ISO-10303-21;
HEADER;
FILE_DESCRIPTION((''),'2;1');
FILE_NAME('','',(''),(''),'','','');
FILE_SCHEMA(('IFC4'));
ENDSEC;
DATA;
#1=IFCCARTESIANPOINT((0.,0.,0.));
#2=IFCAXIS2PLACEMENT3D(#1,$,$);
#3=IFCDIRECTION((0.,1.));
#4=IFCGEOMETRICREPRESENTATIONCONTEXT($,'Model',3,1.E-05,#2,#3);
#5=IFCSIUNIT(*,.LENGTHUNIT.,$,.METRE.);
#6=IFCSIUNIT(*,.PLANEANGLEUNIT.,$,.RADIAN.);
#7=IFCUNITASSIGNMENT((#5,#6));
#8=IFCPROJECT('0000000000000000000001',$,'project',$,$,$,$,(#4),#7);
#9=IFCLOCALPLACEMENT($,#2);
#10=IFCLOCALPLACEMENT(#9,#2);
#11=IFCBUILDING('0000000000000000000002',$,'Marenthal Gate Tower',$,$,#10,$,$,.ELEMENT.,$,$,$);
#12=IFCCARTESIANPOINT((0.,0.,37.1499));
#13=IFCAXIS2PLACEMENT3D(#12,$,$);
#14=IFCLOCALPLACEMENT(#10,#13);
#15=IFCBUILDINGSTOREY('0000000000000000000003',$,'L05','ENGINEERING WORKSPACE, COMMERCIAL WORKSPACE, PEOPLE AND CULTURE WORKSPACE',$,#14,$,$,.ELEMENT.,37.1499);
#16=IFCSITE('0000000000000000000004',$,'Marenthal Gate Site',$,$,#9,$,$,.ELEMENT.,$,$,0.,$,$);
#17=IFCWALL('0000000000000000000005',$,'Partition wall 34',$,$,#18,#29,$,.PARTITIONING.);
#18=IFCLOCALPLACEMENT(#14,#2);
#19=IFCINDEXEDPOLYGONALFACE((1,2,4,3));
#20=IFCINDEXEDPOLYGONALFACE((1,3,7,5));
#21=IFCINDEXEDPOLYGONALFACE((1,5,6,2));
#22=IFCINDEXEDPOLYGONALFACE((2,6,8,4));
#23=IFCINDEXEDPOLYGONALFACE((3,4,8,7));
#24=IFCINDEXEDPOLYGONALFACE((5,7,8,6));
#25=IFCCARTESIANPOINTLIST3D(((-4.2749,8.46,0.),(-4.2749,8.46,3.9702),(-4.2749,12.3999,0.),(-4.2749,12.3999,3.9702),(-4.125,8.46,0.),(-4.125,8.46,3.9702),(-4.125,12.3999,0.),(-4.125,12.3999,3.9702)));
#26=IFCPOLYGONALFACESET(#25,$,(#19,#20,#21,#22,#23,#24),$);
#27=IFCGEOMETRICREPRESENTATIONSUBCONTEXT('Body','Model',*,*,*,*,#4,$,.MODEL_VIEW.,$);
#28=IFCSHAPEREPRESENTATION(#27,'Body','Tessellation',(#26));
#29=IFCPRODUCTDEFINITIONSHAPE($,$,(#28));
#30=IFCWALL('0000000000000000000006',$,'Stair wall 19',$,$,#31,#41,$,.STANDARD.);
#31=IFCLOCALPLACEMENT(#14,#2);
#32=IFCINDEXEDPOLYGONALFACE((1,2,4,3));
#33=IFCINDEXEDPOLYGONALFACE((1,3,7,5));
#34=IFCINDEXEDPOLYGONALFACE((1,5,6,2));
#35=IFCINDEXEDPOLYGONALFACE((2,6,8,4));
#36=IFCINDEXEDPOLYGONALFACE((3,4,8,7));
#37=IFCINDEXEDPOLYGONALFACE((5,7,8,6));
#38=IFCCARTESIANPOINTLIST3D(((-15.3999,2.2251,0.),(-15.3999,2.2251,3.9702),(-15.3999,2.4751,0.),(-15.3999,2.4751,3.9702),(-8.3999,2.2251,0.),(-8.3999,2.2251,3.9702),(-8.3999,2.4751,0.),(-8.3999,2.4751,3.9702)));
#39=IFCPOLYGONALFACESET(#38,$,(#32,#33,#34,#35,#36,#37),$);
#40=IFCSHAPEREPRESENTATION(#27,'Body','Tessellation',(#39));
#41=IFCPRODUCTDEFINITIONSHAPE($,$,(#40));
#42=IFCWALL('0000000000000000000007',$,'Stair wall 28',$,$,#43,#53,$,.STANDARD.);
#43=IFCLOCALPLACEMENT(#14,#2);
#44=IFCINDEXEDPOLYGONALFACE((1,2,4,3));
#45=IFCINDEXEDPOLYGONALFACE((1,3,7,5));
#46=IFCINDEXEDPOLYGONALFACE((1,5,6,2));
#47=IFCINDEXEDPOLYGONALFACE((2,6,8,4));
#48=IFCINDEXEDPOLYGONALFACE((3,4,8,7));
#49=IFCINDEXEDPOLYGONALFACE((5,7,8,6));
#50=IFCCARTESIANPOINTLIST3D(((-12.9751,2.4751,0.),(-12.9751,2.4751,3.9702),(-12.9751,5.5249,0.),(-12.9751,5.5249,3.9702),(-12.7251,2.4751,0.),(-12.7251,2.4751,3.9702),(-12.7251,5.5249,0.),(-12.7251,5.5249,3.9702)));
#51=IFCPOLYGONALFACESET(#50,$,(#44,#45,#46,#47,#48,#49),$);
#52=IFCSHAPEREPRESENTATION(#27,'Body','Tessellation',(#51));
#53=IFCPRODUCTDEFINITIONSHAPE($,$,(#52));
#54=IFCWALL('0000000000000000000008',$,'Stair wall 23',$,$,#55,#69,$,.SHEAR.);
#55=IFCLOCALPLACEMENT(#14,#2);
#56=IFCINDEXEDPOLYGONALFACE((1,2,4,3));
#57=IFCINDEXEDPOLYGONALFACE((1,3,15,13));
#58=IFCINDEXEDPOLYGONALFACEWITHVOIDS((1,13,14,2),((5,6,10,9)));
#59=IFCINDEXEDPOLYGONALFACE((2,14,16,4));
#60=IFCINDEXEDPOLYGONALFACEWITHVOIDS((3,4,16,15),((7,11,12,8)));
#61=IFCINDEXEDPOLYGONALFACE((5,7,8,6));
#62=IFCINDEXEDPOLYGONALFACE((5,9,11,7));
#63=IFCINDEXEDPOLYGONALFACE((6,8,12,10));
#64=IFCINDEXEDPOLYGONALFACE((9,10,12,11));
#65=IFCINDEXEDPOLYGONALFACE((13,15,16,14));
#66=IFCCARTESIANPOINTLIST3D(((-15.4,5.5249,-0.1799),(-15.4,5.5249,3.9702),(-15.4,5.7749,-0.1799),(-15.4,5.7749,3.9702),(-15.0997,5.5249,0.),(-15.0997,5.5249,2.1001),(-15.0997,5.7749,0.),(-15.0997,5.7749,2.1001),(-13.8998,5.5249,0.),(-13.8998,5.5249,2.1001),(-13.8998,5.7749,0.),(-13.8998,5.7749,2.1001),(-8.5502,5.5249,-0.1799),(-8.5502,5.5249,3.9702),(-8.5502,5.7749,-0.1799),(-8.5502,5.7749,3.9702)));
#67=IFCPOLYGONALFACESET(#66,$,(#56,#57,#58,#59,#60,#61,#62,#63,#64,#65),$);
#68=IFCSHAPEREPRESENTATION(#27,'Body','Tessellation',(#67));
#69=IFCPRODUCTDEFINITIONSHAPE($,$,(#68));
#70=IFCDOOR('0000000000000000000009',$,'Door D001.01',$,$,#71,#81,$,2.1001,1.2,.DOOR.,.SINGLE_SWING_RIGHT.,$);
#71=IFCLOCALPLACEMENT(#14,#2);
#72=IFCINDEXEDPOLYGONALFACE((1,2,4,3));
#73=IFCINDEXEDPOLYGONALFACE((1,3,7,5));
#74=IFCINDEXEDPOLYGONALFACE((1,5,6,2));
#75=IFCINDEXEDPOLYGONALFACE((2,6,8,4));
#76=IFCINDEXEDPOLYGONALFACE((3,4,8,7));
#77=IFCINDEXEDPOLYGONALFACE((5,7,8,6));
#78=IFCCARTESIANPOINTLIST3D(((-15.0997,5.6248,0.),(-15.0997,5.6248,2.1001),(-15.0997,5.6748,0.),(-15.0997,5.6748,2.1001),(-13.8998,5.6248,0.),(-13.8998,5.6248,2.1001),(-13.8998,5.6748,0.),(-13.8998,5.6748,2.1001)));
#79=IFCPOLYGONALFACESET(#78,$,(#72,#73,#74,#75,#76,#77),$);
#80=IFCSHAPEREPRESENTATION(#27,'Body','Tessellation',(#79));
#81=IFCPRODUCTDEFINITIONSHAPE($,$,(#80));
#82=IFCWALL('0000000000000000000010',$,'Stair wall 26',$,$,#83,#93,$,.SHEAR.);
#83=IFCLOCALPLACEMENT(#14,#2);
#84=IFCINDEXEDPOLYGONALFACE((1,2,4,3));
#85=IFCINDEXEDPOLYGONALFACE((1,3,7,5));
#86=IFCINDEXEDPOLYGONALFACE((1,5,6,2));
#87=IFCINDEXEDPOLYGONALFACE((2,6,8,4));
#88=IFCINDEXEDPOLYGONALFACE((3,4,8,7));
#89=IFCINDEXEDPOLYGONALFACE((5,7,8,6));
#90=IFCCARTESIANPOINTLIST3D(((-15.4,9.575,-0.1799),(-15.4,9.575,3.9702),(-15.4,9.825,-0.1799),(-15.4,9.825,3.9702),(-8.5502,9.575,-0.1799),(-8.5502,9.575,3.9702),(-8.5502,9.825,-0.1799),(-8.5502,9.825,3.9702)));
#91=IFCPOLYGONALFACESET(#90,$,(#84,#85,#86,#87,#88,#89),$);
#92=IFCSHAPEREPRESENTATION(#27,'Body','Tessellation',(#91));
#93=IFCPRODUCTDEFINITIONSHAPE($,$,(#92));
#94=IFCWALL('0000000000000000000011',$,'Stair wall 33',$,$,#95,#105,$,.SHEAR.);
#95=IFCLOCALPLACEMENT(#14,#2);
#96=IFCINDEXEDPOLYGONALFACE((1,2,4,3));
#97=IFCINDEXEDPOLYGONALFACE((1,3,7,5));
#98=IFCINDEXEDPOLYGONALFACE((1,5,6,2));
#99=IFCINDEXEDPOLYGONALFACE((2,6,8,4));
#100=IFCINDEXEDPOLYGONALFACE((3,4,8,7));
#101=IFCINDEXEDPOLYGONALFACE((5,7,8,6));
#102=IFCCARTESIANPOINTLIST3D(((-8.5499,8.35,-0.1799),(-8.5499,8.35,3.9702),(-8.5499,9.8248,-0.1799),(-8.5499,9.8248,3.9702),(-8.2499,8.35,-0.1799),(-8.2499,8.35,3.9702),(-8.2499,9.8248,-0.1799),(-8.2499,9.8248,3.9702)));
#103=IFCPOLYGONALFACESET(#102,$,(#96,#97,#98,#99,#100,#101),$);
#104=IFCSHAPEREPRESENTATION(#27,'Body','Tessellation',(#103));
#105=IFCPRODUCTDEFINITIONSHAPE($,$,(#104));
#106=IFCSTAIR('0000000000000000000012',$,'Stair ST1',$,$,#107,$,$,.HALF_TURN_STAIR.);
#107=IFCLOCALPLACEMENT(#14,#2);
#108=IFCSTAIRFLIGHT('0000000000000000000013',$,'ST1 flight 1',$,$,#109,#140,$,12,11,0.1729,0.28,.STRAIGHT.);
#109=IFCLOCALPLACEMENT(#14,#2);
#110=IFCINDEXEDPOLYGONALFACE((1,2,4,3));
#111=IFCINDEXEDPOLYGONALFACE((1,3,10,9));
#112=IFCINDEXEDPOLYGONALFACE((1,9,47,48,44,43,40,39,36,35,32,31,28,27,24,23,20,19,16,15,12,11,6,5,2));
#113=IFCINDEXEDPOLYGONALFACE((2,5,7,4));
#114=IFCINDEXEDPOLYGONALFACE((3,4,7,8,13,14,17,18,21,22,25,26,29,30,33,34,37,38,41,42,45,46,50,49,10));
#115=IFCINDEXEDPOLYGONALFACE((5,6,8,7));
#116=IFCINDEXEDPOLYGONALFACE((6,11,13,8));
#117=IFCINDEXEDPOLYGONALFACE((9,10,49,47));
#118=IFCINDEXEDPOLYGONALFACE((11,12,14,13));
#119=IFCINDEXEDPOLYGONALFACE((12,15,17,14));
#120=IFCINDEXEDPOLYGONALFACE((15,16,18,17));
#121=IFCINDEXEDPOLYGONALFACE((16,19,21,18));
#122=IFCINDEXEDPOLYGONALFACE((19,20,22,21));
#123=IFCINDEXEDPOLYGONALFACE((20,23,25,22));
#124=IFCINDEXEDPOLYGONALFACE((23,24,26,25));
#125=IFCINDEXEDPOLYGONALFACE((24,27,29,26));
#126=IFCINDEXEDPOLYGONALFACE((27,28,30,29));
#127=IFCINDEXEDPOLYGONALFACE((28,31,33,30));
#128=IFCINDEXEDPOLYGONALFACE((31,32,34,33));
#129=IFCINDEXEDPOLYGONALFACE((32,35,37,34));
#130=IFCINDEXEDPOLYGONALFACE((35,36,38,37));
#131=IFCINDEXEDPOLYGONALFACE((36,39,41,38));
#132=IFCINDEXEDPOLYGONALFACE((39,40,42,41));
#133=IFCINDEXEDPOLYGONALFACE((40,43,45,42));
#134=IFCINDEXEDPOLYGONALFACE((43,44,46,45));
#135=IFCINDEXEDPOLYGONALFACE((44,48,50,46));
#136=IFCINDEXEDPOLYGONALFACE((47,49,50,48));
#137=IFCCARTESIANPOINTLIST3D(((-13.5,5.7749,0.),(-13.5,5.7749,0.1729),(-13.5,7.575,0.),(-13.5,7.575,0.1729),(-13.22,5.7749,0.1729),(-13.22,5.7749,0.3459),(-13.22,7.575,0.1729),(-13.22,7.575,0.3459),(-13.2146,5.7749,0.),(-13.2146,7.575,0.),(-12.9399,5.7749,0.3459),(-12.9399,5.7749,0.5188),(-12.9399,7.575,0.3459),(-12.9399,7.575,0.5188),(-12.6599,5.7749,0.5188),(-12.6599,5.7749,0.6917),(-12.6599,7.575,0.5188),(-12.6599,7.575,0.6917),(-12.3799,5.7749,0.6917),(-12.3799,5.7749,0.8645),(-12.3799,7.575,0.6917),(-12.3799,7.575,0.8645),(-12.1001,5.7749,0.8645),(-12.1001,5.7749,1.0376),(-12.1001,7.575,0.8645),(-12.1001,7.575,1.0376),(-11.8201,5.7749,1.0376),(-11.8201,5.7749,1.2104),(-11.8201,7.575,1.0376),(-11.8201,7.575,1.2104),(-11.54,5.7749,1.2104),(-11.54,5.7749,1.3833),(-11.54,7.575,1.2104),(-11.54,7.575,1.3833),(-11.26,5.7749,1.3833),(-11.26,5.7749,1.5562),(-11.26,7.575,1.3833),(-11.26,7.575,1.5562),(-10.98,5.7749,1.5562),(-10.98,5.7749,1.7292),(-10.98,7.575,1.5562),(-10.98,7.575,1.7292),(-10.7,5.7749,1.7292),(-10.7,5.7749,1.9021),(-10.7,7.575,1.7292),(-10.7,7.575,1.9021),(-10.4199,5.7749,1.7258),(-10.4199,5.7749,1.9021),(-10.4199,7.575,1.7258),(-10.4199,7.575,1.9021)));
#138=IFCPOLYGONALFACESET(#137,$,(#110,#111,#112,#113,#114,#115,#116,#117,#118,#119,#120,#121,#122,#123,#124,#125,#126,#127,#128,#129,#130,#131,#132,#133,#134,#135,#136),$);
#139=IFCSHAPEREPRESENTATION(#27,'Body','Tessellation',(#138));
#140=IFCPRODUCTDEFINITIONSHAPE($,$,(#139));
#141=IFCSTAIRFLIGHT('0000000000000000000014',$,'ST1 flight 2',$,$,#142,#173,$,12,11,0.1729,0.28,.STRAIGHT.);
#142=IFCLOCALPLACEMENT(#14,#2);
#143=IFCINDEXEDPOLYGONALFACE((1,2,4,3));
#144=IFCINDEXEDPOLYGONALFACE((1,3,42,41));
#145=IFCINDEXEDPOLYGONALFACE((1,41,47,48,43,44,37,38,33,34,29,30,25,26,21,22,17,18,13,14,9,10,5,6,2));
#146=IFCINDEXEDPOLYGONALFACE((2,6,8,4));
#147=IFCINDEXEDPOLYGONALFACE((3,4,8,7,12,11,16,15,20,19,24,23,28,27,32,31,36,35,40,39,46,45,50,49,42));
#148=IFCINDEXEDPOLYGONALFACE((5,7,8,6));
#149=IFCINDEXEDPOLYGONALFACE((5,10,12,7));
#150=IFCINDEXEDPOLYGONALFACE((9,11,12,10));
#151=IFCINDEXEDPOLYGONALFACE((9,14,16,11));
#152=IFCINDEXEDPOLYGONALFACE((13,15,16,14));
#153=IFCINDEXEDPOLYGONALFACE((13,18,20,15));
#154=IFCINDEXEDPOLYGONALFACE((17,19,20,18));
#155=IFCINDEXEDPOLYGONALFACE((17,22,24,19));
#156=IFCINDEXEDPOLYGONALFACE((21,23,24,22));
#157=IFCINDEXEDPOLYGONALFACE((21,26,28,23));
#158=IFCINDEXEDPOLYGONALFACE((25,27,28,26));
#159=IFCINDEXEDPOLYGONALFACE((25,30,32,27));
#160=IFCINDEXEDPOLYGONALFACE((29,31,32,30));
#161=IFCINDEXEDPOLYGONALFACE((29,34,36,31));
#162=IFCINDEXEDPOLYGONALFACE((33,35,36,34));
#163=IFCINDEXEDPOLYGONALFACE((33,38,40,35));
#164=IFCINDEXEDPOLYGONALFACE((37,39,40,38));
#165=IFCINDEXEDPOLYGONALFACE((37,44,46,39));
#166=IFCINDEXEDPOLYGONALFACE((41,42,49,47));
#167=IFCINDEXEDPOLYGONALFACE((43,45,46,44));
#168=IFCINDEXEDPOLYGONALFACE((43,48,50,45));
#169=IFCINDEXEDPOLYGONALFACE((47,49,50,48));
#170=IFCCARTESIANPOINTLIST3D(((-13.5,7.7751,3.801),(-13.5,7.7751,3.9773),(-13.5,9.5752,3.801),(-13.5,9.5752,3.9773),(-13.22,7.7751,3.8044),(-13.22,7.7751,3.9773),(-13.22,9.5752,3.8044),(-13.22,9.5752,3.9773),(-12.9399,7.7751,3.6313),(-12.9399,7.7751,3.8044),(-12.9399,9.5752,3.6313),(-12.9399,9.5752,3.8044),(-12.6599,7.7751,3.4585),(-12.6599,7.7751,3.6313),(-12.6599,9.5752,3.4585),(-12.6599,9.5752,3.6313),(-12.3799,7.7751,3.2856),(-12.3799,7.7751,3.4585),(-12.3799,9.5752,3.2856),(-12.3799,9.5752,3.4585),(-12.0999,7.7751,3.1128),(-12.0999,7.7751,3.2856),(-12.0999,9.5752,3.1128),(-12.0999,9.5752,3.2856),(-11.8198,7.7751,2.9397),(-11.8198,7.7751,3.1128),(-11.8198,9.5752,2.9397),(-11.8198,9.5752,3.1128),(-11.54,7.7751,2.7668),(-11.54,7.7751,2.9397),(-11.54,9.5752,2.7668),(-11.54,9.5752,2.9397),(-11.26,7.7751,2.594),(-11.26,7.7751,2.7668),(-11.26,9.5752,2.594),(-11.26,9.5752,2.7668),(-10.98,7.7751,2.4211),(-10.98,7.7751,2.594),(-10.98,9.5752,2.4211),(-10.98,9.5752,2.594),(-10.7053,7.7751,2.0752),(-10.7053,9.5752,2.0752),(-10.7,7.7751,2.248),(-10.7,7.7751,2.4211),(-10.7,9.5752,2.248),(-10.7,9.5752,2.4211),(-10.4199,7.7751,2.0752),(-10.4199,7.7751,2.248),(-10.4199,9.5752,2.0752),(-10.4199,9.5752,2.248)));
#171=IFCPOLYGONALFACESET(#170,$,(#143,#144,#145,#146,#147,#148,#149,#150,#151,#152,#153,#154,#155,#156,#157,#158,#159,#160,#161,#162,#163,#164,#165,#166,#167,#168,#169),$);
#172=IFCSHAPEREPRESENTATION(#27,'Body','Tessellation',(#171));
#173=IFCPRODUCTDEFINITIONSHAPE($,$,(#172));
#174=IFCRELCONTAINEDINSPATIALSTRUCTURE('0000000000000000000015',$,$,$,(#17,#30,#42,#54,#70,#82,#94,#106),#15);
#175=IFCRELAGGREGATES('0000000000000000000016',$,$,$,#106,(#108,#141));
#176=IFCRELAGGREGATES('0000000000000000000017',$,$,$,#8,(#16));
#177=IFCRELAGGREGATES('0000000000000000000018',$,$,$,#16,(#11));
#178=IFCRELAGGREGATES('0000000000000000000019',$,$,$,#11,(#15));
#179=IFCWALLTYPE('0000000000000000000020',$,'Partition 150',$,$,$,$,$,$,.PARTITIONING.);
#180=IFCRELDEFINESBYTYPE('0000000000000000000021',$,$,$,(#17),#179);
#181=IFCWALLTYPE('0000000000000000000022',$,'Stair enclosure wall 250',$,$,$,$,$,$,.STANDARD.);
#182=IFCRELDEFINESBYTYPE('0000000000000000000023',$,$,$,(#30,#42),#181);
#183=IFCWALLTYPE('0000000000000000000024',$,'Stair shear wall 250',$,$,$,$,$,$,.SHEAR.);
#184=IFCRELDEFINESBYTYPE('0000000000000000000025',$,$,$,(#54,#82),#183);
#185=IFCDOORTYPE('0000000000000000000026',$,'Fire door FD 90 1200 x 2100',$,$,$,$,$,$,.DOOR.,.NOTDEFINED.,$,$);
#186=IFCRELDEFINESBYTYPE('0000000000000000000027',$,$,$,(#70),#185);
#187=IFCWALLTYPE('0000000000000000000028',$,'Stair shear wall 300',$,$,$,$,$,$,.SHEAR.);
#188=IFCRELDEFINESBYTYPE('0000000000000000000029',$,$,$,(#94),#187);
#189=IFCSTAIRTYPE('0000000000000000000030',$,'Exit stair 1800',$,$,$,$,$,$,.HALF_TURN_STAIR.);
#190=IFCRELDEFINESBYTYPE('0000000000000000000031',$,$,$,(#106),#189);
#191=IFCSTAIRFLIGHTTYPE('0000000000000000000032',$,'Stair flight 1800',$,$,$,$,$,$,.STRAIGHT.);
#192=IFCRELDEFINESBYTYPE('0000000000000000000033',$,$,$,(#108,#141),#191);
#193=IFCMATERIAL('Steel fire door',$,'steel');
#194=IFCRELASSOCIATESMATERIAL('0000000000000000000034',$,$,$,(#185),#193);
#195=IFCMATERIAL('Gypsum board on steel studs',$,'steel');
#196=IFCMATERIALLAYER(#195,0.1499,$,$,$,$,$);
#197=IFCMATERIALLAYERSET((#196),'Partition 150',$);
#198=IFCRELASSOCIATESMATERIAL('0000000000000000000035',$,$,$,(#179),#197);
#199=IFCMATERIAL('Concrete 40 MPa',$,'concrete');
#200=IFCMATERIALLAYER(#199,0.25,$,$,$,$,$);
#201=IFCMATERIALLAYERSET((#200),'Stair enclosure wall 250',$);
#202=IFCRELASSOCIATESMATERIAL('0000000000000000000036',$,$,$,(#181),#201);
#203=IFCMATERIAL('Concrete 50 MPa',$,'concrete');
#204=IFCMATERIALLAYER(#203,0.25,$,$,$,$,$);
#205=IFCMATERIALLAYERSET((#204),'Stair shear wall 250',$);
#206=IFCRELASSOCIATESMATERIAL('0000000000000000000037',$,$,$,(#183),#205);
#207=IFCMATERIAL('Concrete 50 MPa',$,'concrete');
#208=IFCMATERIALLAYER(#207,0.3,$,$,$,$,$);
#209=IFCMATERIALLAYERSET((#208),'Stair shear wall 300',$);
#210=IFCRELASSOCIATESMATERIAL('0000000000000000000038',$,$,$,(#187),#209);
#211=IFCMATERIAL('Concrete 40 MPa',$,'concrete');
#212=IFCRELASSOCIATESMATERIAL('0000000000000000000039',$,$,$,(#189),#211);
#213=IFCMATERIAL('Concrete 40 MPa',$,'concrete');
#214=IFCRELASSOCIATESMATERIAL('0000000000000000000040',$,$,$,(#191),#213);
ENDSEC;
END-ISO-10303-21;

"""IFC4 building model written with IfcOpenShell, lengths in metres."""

from ifc_helpers import new_model, si_unit, direction, frame, frame_2d, origin, place, context, subcontext, project, spatial, polyline, rectangle, outline, extrude, material, layer, layer_set, type_object, element, fill, aggregate, save


model = new_model("IFC4")

# Units and contexts
model_context = context("Model", 3, precision=1e-05, world=origin(), true_north=direction((0.0, 1.0)))
body_context = subcontext(model_context, "Body", "Model", "MODEL_VIEW")
ifc_project = project(units=[si_unit("LENGTHUNIT", "METRE"), si_unit("PLANEANGLEUNIT", "RADIAN")], contexts=[model_context])

# Site, building, storey
site_placement = place(None, origin())
site = spatial("IfcSite", under=ifc_project, at=site_placement, Name="Marenthal Gate Site", CompositionType="ELEMENT", RefElevation=0.0)
building_placement = place(site_placement, origin())
building = spatial("IfcBuilding", under=site, at=building_placement, Name="Marenthal Gate Tower", CompositionType="ELEMENT")
storey_placement = place(building_placement, frame((0.0, 0.0, 37.1499)))
storey = spatial("IfcBuildingStorey", under=building, at=storey_placement, Name="L05", Description="ENGINEERING WORKSPACE, COMMERCIAL WORKSPACE, PEOPLE AND CULTURE WORKSPACE", CompositionType="ELEMENT", Elevation=37.1499)

# Shared definitions
ifc_material_1 = material(Name="Steel fire door", Category="steel")
door_type_1 = type_object("IfcDoorType", Name="Fire door FD 90 1200 x 2100", OperationType="NOTDEFINED", PredefinedType="DOOR", material=ifc_material_1)

# Walls
ifc_material_2 = material(Name="Gypsum board on steel studs", Category="steel")
ifc_layer_1 = layer(ifc_material_2, 0.1499)
ifc_layer_set_1 = layer_set([ifc_layer_1], Name="Partition 150")
wall_type_1 = type_object("IfcWallType", Name="Partition 150", PredefinedType="PARTITIONING", material=ifc_layer_set_1)
wall_1_placement = place(storey_placement, frame((-4.2, 8.46, 0.0), z_axis=(0.0, 0.0, 1.0), x_axis=(0.0, 1.0, 0.0)))
element("IfcWall", 1, at=wall_1_placement, inside=storey, type_object=wall_type_1, Name="Partition wall 34", PredefinedType="PARTITIONING", context=body_context, shape_type="SweptSolid", body=[
    extrude(rectangle(XDim=3.9399, YDim=0.1499, at=frame_2d((1.97, 0.0))), origin(), (0.0, 0.0, 1.0), 3.9702),
])
ifc_material_3 = material(Name="Concrete 40 MPa", Category="concrete")
ifc_layer_2 = layer(ifc_material_3, 0.25)
ifc_layer_set_2 = layer_set([ifc_layer_2], Name="Stair enclosure wall 250")
wall_type_2 = type_object("IfcWallType", Name="Stair enclosure wall 250", PredefinedType="STANDARD", material=ifc_layer_set_2)
wall_2_placement = place(storey_placement, frame((-15.3999, 2.3501, 0.0), z_axis=(0.0, 0.0, 1.0), x_axis=(1.0, 0.0, 0.0)))
element("IfcWall", 2, at=wall_2_placement, inside=storey, type_object=wall_type_2, Name="Stair wall 19", PredefinedType="STANDARD", context=body_context, shape_type="SweptSolid", body=[
    extrude(rectangle(XDim=7.0, YDim=0.25, at=frame_2d((3.5, 0.0))), origin(), (0.0, 0.0, 1.0), 3.9702),
])
wall_3_placement = place(storey_placement, frame((-12.8501, 2.4751, 0.0), z_axis=(0.0, 0.0, 1.0), x_axis=(0.0, 1.0, 0.0)))
element("IfcWall", 3, at=wall_3_placement, inside=storey, type_object=wall_type_2, Name="Stair wall 28", PredefinedType="STANDARD", context=body_context, shape_type="SweptSolid", body=[
    extrude(rectangle(XDim=3.0498, YDim=0.25, at=frame_2d((1.5249, 0.0))), origin(), (0.0, 0.0, 1.0), 3.9702),
])

# Wall, opening, door
ifc_material_4 = material(Name="Concrete 50 MPa", Category="concrete")
ifc_layer_3 = layer(ifc_material_4, 0.25)
ifc_layer_set_3 = layer_set([ifc_layer_3], Name="Stair shear wall 250")
wall_type_3 = type_object("IfcWallType", Name="Stair shear wall 250", PredefinedType="SHEAR", material=ifc_layer_set_3)
wall_4_placement = place(storey_placement, frame((-15.3999, 5.6499, -0.1799), z_axis=(0.0, 0.0, 1.0), x_axis=(1.0, 0.0, 0.0)))
wall_4 = element("IfcWall", 4, at=wall_4_placement, inside=storey, type_object=wall_type_3, Name="Stair wall 23", PredefinedType="SHEAR", context=body_context, shape_type="SweptSolid", body=[
    extrude(rectangle(XDim=6.8499, YDim=0.25, at=frame_2d((3.4248, 0.0))), origin(), (0.0, 0.0, 1.0), 4.1501),
])
opening_1_placement = place(wall_4_placement, frame((0.3, 0.0, 0.1799)))
opening_1 = element("IfcOpeningElement", 5, at=opening_1_placement, cuts=wall_4, PredefinedType="OPENING", context=body_context, shape_type="SweptSolid", body=[
    extrude(rectangle(XDim=1.2, YDim=2.1001, at=frame_2d((0.6001, 1.05))), frame((0.0, 0.135, 0.0), z_axis=(0.0, -1.0, 0.0), x_axis=(1.0, 0.0, 0.0)), (0.0, 0.0, 1.0), 0.27),
])
door_1_placement = place(opening_1_placement, origin())
door_1 = element("IfcDoor", 6, at=door_1_placement, inside=storey, type_object=door_type_1, Name="Door D001.01", OperationType="SINGLE_SWING_RIGHT", OverallHeight=2.1001, OverallWidth=1.2, PredefinedType="DOOR", context=body_context, shape_type="SweptSolid", body=[
    extrude(rectangle(XDim=1.2, YDim=2.1001, at=frame_2d((0.6001, 1.05))), frame((0.0, 0.0249, 0.0), z_axis=(0.0, -1.0, 0.0), x_axis=(1.0, 0.0, 0.0)), (0.0, 0.0, 1.0), 0.05),
])
fill(opening_1, door_1)

# Walls
wall_5_placement = place(storey_placement, frame((-15.3999, 9.7, -0.1799), z_axis=(0.0, 0.0, 1.0), x_axis=(1.0, 0.0, 0.0)))
element("IfcWall", 7, at=wall_5_placement, inside=storey, type_object=wall_type_3, Name="Stair wall 26", PredefinedType="SHEAR", context=body_context, shape_type="SweptSolid", body=[
    extrude(rectangle(XDim=6.8499, YDim=0.25, at=frame_2d((3.4248, 0.0))), origin(), (0.0, 0.0, 1.0), 4.1501),
])
ifc_material_5 = material(Name="Concrete 50 MPa", Category="concrete")
ifc_layer_4 = layer(ifc_material_5, 0.3)
ifc_layer_set_4 = layer_set([ifc_layer_4], Name="Stair shear wall 300")
wall_type_4 = type_object("IfcWallType", Name="Stair shear wall 300", PredefinedType="SHEAR", material=ifc_layer_set_4)
wall_6_placement = place(storey_placement, frame((-8.3999, 8.3501, -0.1799), z_axis=(0.0, 0.0, 1.0), x_axis=(0.0, 1.0, 0.0)))
element("IfcWall", 8, at=wall_6_placement, inside=storey, type_object=wall_type_4, Name="Stair wall 33", PredefinedType="SHEAR", context=body_context, shape_type="SweptSolid", body=[
    extrude(rectangle(XDim=1.4749, YDim=0.3, at=frame_2d((0.7373, 0.0))), origin(), (0.0, 0.0, 1.0), 4.1501),
])

# Stair, stair flights
ifc_material_6 = material(Name="Concrete 40 MPa", Category="concrete")
stair_type = type_object("IfcStairType", Name="Exit stair 1800", PredefinedType="HALF_TURN_STAIR", material=ifc_material_6)
stair_placement = place(storey_placement, origin())
stair = element("IfcStair", 9, at=stair_placement, inside=storey, type_object=stair_type, Name="Stair ST1", PredefinedType="HALF_TURN_STAIR")
ifc_material_7 = material(Name="Concrete 40 MPa", Category="concrete")
stair_flight_type = type_object("IfcStairFlightType", Name="Stair flight 1800", PredefinedType="STRAIGHT", material=ifc_material_7)
stair_flight_1_placement = place(storey_placement, frame((-13.5, 6.675, 0.0), z_axis=(0.0, 0.0, 1.0), x_axis=(1.0, 0.0, 0.0)))
stair_flight_1 = element("IfcStairFlight", 10, at=stair_flight_1_placement, type_object=stair_flight_type, Name="ST1 flight 1", NumberOfRisers=12, NumberOfTreads=11, PredefinedType="STRAIGHT", RiserHeight=0.1729, TreadLength=0.28, context=body_context, shape_type="SweptSolid", body=[
    extrude(outline(polyline([(0.0, 0.0), (0.0, 0.1729), (0.28, 0.1729), (0.28, 0.3459), (0.5601, 0.3459), (0.5601, 0.5188), (0.8401, 0.5188), (0.8401, 0.6917), (1.1201, 0.6917), (1.1201, 0.8645), (1.3999, 0.8645), (1.3999, 1.0376), (1.6799, 1.0376), (1.6799, 1.2104), (1.96, 1.2104), (1.96, 1.3833), (2.24, 1.3833), (2.24, 1.5562), (2.52, 1.5562), (2.52, 1.7292), (2.8, 1.7292), (2.8, 1.9021), (3.0801, 1.9021), (3.0801, 2.075), (3.0801, 1.7258), (0.2854, 0.0), (0.0, 0.0)])), frame((0.0, 0.8999, 0.0), z_axis=(0.0, -1.0, 0.0), x_axis=(1.0, 0.0, 0.0)), (0.0, 0.0, 1.0), 1.8),
])
stair_flight_2_placement = place(storey_placement, frame((-10.4199, 8.675, 2.0752), z_axis=(0.0, 0.0, 1.0), x_axis=(-1.0, 0.0, 0.0)))
stair_flight_2 = element("IfcStairFlight", 11, at=stair_flight_2_placement, type_object=stair_flight_type, Name="ST1 flight 2", NumberOfRisers=12, NumberOfTreads=11, PredefinedType="STRAIGHT", RiserHeight=0.1729, TreadLength=0.28, context=body_context, shape_type="SweptSolid", body=[
    extrude(outline(polyline([(0.0, 0.0), (0.0, 0.1729), (0.28, 0.1729), (0.28, 0.3459), (0.5601, 0.3459), (0.5601, 0.5188), (0.8401, 0.5188), (0.8401, 0.6917), (1.1201, 0.6917), (1.1201, 0.8645), (1.3999, 0.8645), (1.3999, 1.0376), (1.6799, 1.0376), (1.6799, 1.2104), (1.96, 1.2104), (1.96, 1.3833), (2.24, 1.3833), (2.24, 1.5562), (2.52, 1.5562), (2.52, 1.7292), (2.8, 1.7292), (2.8, 1.9021), (3.0801, 1.9021), (3.0801, 2.075), (3.0801, 1.7258), (0.2854, 0.0), (0.0, 0.0)])), frame((0.0, 0.8999, 0.0), z_axis=(0.0, -1.0, 0.0), x_axis=(1.0, 0.0, 0.0)), (0.0, 0.0, 1.0), 1.8),
])
aggregate(stair, [stair_flight_1, stair_flight_2])

save(model, "model.ifc")
